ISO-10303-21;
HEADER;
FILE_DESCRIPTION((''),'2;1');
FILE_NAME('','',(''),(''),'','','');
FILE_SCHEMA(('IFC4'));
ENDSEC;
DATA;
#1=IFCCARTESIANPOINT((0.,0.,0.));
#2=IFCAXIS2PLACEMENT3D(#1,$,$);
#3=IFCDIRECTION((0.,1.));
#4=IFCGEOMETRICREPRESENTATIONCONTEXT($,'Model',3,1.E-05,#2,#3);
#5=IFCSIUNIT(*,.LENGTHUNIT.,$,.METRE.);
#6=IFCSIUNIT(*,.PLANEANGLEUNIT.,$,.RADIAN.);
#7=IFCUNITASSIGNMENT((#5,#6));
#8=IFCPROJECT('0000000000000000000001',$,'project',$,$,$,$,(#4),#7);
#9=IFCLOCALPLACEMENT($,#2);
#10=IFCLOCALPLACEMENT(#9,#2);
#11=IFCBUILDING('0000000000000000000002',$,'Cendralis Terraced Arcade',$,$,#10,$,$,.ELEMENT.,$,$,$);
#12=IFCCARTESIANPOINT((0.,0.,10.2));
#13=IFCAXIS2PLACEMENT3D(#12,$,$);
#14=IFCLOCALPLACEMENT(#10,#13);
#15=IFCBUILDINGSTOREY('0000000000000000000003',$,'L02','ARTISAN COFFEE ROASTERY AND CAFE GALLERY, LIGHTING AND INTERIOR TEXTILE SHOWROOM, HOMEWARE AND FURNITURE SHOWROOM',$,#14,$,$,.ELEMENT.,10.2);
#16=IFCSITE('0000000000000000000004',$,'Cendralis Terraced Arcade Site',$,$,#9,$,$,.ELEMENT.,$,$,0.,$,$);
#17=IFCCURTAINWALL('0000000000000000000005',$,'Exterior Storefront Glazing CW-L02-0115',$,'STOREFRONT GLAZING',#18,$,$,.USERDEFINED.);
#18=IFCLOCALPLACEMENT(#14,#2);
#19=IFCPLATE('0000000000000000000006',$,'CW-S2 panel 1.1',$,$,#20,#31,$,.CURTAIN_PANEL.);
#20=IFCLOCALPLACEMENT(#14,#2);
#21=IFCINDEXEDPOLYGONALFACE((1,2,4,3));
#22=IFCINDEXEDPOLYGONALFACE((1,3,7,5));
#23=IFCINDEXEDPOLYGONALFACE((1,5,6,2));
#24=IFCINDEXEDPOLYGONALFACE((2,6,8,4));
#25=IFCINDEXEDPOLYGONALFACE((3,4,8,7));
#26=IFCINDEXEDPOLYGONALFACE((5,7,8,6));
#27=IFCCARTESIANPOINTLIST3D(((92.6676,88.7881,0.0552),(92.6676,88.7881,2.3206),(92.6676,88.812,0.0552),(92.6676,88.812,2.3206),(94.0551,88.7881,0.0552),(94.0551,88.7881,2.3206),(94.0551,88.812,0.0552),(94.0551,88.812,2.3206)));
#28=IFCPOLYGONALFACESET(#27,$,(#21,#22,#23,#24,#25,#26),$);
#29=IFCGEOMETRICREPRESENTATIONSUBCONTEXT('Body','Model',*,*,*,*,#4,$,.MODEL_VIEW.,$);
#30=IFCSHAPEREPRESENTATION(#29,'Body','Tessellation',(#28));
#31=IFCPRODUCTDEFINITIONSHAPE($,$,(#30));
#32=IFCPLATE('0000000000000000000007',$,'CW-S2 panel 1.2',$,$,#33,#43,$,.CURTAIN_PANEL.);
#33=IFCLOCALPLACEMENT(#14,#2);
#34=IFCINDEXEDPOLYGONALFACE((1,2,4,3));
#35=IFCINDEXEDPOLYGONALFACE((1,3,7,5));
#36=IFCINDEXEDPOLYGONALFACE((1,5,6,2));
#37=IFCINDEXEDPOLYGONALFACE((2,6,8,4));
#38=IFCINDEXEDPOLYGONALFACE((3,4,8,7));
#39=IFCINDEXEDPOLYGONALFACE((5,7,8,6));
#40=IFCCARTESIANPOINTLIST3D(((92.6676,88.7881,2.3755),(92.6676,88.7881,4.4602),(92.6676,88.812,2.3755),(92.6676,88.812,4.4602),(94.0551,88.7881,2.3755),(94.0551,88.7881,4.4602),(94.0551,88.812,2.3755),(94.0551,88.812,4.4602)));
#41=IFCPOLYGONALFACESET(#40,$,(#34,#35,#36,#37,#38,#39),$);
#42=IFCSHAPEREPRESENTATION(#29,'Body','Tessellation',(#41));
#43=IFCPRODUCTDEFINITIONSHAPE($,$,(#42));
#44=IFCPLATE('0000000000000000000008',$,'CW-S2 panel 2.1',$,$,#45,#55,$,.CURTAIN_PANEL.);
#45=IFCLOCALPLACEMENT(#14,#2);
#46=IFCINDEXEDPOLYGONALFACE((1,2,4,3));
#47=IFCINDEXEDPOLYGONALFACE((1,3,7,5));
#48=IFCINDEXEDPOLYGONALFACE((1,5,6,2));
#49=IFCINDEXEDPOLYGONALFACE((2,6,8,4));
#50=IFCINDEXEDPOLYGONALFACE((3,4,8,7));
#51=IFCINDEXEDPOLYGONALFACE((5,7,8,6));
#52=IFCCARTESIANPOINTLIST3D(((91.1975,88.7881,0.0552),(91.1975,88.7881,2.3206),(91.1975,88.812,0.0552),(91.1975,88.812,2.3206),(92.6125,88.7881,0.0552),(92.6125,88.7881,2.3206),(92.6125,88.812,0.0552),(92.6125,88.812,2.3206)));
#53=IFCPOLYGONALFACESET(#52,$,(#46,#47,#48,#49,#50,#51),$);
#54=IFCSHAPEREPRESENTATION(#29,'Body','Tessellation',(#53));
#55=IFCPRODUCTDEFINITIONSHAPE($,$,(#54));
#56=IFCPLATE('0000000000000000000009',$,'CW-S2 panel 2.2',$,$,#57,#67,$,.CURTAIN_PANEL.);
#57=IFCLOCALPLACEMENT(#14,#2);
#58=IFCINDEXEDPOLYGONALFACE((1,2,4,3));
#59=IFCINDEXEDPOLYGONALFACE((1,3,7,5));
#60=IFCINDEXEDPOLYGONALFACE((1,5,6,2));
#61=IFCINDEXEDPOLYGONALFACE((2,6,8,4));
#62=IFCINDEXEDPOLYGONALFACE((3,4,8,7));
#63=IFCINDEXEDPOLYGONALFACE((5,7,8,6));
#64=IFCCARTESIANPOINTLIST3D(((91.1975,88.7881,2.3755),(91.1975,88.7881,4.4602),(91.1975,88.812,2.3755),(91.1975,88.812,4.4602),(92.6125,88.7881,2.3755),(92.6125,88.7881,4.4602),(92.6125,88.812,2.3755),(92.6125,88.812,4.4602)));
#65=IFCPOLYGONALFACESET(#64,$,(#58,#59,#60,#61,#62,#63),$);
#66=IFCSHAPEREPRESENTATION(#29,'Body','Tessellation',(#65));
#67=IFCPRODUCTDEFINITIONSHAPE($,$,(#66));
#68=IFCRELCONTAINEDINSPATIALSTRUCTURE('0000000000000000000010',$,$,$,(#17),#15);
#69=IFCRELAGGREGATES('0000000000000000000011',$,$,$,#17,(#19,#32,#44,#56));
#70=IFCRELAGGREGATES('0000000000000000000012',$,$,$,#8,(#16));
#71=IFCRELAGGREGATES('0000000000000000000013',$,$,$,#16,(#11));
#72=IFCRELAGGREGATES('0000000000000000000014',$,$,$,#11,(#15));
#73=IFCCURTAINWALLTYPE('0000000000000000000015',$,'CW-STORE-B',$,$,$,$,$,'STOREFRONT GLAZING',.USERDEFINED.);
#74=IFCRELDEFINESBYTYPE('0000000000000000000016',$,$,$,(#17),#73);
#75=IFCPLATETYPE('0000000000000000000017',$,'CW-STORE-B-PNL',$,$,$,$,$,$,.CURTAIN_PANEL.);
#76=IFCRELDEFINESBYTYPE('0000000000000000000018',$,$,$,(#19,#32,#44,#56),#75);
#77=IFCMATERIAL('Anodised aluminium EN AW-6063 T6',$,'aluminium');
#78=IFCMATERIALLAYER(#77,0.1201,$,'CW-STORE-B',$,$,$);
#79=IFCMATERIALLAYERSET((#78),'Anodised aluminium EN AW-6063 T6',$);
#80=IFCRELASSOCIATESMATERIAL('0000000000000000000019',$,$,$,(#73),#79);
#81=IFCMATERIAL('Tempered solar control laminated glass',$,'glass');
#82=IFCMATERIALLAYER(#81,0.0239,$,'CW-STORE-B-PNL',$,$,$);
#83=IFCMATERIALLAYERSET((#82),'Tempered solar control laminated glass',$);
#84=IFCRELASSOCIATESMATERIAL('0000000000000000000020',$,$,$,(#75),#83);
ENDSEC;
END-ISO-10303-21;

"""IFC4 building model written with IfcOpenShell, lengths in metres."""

from ifc_helpers import new_model, si_unit, direction, frame, origin, origin_2d, place, context, subcontext, project, spatial, rectangle, extrude, material, layer, layer_set, type_object, element, aggregate, save


model = new_model("IFC4")

# Units and contexts
model_context = context("Model", 3, precision=1e-05, world=origin(), true_north=direction((0.0, 1.0)))
body_context = subcontext(model_context, "Body", "Model", "MODEL_VIEW")
ifc_project = project(units=[si_unit("LENGTHUNIT", "METRE"), si_unit("PLANEANGLEUNIT", "RADIAN")], contexts=[model_context])

# Site, building, storey
site_placement = place(None, origin())
site = spatial("IfcSite", under=ifc_project, at=site_placement, Name="Cendralis Terraced Arcade Site", CompositionType="ELEMENT", RefElevation=0.0)
building_placement = place(site_placement, origin())
building = spatial("IfcBuilding", under=site, at=building_placement, Name="Cendralis Terraced Arcade", CompositionType="ELEMENT")
storey_placement = place(building_placement, frame((0.0, 0.0, 10.2)))
storey = spatial("IfcBuildingStorey", under=building, at=storey_placement, Name="L02", Description="ARTISAN COFFEE ROASTERY AND CAFE GALLERY, LIGHTING AND INTERIOR TEXTILE SHOWROOM, HOMEWARE AND FURNITURE SHOWROOM", CompositionType="ELEMENT", Elevation=10.2)

# Curtain wall, plates
ifc_material_1 = material(Name="Anodised aluminium EN AW-6063 T6", Category="aluminium")
ifc_layer_1 = layer(ifc_material_1, 0.1201, Name="CW-STORE-B")
ifc_layer_set_1 = layer_set([ifc_layer_1], Name="Anodised aluminium EN AW-6063 T6")
curtain_wall_type = type_object("IfcCurtainWallType", Name="CW-STORE-B", ElementType="STOREFRONT GLAZING", PredefinedType="USERDEFINED", material=ifc_layer_set_1)
curtain_wall_placement = place(storey_placement, origin())
curtain_wall = element("IfcCurtainWall", 1, at=curtain_wall_placement, inside=storey, type_object=curtain_wall_type, Name="Exterior Storefront Glazing CW-L02-0115", ObjectType="STOREFRONT GLAZING", PredefinedType="USERDEFINED")
ifc_material_2 = material(Name="Tempered solar control laminated glass", Category="glass")
ifc_layer_2 = layer(ifc_material_2, 0.0239, Name="CW-STORE-B-PNL")
ifc_layer_set_2 = layer_set([ifc_layer_2], Name="Tempered solar control laminated glass")
plate_type = type_object("IfcPlateType", Name="CW-STORE-B-PNL", PredefinedType="CURTAIN_PANEL", material=ifc_layer_set_2)
plate_1_placement = place(storey_placement, frame((93.3613, 88.8, 0.0552), z_axis=(0.0, 0.0, 1.0), x_axis=(-1.0, 0.0, 0.0)))
plate_1 = element("IfcPlate", 2, at=plate_1_placement, type_object=plate_type, Name="CW-S2 panel 1.1", PredefinedType="CURTAIN_PANEL", context=body_context, shape_type="SweptSolid", body=[
    extrude(rectangle(XDim=1.3875, YDim=0.0239, at=origin_2d()), origin(), (0.0, 0.0, 1.0), 2.2654),
])
plate_2_placement = place(storey_placement, frame((93.3613, 88.8, 2.3755), z_axis=(0.0, 0.0, 1.0), x_axis=(-1.0, 0.0, 0.0)))
plate_2 = element("IfcPlate", 3, at=plate_2_placement, type_object=plate_type, Name="CW-S2 panel 1.2", PredefinedType="CURTAIN_PANEL", context=body_context, shape_type="SweptSolid", body=[
    extrude(rectangle(XDim=1.3875, YDim=0.0239, at=origin_2d()), origin(), (0.0, 0.0, 1.0), 2.0847),
])
plate_3_placement = place(storey_placement, frame((91.905, 88.8, 0.0552), z_axis=(0.0, 0.0, 1.0), x_axis=(-1.0, 0.0, 0.0)))
plate_3 = element("IfcPlate", 4, at=plate_3_placement, type_object=plate_type, Name="CW-S2 panel 2.1", PredefinedType="CURTAIN_PANEL", context=body_context, shape_type="SweptSolid", body=[
    extrude(rectangle(XDim=1.415, YDim=0.0239, at=origin_2d()), origin(), (0.0, 0.0, 1.0), 2.2654),
])
plate_4_placement = place(storey_placement, frame((91.905, 88.8, 2.3755), z_axis=(0.0, 0.0, 1.0), x_axis=(-1.0, 0.0, 0.0)))
plate_4 = element("IfcPlate", 5, at=plate_4_placement, type_object=plate_type, Name="CW-S2 panel 2.2", PredefinedType="CURTAIN_PANEL", context=body_context, shape_type="SweptSolid", body=[
    extrude(rectangle(XDim=1.415, YDim=0.0239, at=origin_2d()), origin(), (0.0, 0.0, 1.0), 2.0847),
])
aggregate(curtain_wall, [plate_1, plate_2, plate_3, plate_4])

save(model, "model.ifc")
